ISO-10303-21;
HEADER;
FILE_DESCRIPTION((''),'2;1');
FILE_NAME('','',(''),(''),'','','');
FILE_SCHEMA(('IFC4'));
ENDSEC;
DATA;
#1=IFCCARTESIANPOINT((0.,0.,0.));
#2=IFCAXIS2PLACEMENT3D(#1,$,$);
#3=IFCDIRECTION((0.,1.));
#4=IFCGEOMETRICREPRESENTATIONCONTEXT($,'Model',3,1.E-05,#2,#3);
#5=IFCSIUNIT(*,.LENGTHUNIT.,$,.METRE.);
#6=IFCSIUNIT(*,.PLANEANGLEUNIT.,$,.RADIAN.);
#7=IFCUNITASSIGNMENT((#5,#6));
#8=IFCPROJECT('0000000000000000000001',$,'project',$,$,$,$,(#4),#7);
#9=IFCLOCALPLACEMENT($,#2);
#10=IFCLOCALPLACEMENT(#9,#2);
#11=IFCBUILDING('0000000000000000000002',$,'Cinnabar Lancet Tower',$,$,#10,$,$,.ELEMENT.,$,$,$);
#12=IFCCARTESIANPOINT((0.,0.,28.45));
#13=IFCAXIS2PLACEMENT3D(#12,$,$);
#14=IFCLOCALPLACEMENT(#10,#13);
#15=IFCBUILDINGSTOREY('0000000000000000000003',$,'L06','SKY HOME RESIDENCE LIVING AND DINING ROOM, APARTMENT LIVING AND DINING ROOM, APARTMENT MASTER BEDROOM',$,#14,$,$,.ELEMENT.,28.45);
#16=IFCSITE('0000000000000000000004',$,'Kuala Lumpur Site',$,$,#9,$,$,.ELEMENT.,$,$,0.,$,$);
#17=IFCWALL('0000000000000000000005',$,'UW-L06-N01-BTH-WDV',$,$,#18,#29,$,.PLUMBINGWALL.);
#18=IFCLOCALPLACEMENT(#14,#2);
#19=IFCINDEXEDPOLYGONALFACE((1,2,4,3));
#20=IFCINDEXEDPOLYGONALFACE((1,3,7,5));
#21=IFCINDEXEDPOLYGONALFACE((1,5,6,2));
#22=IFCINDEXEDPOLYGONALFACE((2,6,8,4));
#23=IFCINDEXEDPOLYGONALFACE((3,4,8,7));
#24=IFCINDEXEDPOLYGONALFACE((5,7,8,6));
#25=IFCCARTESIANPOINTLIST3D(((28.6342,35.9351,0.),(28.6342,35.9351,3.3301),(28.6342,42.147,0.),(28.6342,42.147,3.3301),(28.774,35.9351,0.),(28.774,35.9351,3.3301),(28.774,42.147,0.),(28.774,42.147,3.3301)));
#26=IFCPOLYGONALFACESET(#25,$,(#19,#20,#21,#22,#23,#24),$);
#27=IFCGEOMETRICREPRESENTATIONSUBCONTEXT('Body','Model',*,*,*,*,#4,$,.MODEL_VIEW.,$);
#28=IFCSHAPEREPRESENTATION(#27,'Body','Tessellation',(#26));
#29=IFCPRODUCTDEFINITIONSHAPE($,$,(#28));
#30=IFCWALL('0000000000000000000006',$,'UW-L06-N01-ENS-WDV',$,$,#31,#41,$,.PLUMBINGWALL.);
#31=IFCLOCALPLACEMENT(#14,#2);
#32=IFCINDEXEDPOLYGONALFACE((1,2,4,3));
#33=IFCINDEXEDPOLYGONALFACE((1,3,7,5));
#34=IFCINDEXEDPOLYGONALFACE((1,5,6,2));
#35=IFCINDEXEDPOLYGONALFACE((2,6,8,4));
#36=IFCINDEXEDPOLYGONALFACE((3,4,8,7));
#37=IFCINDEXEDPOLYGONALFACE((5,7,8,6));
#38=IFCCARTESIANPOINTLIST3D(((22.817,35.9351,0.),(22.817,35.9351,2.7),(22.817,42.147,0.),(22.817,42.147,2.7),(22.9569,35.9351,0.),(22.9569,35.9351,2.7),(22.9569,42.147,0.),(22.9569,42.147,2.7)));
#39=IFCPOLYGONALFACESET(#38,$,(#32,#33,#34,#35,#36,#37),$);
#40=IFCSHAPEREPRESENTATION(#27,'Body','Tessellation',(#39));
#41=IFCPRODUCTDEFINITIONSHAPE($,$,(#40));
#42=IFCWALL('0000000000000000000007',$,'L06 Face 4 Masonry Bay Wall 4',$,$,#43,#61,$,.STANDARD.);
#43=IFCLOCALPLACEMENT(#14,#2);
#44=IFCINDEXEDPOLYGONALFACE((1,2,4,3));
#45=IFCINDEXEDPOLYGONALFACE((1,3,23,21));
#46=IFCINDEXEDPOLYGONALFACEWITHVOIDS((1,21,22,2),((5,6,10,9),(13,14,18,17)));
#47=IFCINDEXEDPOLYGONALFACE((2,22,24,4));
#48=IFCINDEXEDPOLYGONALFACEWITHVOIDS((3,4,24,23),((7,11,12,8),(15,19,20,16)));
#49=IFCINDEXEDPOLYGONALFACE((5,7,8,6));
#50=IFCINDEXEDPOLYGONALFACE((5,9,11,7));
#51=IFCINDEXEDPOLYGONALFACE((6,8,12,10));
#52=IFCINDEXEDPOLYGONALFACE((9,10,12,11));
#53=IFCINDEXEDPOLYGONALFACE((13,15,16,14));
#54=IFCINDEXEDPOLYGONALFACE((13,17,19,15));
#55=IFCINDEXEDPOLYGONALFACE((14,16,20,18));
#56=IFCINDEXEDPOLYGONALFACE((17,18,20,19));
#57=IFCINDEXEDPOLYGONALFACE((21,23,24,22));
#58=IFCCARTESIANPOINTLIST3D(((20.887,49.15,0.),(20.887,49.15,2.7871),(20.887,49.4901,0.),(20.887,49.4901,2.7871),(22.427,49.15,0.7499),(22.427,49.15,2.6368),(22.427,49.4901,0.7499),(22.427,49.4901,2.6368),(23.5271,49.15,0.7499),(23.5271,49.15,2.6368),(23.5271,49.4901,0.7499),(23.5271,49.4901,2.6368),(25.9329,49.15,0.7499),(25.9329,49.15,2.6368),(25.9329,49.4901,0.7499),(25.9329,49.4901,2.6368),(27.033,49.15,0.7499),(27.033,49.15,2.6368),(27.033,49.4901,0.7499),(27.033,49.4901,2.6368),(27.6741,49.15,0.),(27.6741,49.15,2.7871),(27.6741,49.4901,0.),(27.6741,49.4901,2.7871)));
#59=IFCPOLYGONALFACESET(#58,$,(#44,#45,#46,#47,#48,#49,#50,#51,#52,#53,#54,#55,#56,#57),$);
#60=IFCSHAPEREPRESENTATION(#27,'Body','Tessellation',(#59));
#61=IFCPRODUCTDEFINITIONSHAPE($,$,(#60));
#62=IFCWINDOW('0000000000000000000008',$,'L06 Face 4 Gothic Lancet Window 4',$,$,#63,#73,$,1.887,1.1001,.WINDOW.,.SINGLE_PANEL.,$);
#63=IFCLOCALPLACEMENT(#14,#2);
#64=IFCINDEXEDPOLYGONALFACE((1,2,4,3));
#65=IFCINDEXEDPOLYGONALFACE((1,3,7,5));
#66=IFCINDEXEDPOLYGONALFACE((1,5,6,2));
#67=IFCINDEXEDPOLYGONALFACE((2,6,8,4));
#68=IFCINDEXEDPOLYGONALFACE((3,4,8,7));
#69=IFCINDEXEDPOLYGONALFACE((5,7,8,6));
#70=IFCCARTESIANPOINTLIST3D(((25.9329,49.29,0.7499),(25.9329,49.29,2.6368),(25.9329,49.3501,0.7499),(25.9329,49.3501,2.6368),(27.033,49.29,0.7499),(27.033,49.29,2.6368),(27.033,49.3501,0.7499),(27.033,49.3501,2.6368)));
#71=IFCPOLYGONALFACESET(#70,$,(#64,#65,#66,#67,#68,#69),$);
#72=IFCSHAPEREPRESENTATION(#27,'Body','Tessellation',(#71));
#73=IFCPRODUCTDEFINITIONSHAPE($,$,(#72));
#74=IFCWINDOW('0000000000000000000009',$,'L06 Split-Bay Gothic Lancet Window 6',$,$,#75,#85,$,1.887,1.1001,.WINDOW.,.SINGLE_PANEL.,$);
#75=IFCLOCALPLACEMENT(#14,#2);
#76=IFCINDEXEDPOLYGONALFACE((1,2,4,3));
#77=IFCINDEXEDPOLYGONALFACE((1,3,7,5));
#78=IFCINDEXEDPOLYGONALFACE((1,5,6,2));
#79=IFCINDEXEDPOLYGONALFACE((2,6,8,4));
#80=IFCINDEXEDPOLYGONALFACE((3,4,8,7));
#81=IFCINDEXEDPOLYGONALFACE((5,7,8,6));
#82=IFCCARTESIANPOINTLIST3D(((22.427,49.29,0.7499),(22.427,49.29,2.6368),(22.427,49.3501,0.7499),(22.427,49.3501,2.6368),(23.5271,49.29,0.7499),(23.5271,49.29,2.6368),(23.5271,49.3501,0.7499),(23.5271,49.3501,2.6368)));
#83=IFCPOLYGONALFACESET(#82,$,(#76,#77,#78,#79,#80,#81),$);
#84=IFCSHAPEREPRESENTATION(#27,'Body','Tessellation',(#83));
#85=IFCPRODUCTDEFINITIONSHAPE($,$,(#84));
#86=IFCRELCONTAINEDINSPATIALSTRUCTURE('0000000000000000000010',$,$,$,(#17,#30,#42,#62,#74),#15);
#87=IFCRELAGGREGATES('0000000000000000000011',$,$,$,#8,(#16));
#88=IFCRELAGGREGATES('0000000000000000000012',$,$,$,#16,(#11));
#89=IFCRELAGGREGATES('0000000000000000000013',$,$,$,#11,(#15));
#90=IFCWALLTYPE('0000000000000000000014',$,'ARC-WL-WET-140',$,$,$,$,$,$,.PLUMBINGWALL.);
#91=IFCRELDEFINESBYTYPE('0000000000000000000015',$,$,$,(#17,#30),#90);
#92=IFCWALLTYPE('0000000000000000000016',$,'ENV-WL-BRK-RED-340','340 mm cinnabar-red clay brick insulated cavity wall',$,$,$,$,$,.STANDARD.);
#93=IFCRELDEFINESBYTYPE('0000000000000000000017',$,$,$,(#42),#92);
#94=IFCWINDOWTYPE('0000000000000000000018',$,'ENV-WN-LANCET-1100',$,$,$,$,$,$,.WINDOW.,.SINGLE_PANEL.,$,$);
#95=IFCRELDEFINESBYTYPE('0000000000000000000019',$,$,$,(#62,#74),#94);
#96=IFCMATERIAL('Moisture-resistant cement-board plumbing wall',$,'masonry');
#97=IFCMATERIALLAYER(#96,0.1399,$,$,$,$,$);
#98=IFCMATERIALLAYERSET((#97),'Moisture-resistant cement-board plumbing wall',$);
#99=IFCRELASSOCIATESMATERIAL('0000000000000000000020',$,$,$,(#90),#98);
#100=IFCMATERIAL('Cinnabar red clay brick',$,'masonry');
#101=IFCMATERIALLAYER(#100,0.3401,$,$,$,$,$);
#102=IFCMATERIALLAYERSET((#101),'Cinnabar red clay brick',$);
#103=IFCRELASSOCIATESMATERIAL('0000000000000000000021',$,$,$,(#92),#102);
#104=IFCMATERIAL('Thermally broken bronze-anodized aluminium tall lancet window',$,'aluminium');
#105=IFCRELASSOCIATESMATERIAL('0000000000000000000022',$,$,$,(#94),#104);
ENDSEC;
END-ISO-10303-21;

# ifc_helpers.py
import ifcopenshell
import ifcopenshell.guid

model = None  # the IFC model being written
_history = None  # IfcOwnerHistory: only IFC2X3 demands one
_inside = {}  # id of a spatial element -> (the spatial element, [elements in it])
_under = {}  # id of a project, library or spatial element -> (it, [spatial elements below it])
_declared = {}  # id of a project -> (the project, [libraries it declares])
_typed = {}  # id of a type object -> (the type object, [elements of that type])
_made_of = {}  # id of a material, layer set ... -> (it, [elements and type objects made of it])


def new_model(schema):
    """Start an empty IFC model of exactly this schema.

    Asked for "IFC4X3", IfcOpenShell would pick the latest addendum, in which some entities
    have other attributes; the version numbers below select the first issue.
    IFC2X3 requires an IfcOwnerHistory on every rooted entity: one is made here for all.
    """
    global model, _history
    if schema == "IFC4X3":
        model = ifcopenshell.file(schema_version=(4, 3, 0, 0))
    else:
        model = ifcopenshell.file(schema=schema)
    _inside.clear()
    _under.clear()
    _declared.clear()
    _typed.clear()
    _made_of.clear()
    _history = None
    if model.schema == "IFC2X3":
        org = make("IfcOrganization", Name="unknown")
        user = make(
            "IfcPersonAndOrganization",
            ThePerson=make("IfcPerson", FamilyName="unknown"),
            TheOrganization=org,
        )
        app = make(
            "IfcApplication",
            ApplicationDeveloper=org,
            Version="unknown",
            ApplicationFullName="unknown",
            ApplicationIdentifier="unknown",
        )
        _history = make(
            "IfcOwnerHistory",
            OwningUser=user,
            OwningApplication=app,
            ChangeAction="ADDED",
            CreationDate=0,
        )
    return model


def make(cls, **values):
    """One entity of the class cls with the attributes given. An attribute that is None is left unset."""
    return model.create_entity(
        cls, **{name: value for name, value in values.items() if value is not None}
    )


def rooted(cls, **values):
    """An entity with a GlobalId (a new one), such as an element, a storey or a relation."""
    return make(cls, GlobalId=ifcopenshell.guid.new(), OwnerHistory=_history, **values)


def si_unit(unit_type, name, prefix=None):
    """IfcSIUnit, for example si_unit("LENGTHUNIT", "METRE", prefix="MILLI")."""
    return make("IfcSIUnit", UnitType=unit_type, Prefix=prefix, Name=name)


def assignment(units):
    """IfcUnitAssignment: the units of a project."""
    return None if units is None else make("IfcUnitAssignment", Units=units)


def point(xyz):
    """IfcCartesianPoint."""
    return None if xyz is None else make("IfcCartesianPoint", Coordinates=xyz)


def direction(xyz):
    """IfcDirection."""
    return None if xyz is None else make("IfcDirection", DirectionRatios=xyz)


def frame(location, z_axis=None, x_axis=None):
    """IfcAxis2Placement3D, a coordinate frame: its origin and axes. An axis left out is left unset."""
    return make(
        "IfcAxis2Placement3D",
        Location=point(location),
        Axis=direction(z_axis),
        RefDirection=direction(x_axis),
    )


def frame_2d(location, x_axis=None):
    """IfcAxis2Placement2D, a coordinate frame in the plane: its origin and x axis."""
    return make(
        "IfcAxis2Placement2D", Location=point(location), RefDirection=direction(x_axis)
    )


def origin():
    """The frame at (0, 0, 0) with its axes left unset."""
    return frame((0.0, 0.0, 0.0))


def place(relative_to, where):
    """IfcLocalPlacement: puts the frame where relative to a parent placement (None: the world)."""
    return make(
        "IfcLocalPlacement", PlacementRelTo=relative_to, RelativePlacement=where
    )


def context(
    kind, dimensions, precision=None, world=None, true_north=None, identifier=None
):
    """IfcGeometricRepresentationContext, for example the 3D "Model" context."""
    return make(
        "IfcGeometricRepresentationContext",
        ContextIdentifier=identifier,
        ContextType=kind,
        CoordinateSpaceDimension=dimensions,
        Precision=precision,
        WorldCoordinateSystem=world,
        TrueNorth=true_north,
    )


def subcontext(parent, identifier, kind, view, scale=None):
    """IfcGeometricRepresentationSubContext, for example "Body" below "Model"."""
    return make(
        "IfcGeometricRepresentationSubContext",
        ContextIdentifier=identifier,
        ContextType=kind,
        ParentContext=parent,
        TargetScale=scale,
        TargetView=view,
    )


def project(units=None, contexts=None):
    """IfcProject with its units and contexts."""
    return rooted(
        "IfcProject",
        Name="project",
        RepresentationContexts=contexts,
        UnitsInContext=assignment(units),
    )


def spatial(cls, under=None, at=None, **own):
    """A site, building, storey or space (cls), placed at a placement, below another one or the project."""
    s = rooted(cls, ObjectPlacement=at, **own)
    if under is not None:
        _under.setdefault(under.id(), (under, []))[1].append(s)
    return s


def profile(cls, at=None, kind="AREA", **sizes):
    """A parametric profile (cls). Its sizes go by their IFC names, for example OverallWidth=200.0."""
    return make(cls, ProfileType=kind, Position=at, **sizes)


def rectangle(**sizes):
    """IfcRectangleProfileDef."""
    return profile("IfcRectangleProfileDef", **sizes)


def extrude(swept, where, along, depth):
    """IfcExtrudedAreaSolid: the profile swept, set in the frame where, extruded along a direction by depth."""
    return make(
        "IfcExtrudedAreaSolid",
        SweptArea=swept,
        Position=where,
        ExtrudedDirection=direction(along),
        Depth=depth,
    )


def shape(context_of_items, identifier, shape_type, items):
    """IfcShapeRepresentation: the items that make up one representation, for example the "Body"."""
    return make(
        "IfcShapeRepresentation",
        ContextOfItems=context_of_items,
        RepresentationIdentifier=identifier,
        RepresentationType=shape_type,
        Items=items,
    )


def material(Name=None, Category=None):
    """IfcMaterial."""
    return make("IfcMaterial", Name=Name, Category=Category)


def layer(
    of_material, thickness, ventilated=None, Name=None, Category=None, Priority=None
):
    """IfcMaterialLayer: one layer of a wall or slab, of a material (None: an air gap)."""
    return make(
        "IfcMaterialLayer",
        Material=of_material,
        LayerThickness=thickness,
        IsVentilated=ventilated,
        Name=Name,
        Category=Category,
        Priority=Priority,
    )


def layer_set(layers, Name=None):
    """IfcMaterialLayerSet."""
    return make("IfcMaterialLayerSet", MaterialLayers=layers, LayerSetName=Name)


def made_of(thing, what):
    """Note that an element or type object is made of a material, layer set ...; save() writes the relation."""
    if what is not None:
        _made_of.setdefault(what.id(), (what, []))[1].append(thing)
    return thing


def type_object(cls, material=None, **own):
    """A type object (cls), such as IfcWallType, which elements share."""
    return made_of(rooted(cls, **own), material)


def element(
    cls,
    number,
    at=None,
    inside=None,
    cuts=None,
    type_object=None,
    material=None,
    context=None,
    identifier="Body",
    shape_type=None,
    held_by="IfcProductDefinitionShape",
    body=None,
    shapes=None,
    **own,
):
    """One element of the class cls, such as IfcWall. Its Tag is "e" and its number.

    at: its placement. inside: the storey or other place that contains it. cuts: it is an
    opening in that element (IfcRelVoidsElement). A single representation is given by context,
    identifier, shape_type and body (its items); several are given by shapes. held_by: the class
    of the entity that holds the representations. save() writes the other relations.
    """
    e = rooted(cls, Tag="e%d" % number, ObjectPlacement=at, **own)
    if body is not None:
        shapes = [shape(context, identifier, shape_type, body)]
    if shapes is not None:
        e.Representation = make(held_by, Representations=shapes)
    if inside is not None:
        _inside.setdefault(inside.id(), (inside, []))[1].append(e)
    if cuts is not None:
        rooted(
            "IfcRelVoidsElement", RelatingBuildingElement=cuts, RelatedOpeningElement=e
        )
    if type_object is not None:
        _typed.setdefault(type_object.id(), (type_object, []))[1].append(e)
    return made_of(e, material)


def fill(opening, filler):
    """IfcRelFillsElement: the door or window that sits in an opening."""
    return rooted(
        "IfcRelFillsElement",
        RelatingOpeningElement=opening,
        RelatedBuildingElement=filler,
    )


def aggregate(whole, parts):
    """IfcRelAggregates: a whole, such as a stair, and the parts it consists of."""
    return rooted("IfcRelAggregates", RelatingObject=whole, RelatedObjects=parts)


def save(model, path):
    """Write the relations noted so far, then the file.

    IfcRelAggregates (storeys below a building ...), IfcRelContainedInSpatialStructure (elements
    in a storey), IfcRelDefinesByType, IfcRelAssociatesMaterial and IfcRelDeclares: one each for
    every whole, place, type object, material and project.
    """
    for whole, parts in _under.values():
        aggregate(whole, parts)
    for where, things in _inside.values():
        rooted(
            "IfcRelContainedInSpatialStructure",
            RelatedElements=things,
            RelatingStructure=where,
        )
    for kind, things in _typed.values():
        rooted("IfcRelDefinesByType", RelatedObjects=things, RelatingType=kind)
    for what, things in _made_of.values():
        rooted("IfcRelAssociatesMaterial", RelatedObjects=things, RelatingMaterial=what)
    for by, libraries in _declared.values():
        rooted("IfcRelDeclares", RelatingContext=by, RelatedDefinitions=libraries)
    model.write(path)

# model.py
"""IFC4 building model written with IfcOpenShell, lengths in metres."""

from ifc_helpers import new_model, si_unit, direction, frame, frame_2d, origin, place, context, subcontext, project, spatial, rectangle, extrude, material, layer, layer_set, type_object, element, fill, save


model = new_model("IFC4")

# Units and contexts
model_context = context("Model", 3, precision=1e-05, world=origin(), true_north=direction((0.0, 1.0)))
body_context = subcontext(model_context, "Body", "Model", "MODEL_VIEW")
ifc_project = project(units=[si_unit("LENGTHUNIT", "METRE"), si_unit("PLANEANGLEUNIT", "RADIAN")], contexts=[model_context])

# Site, building, storey
site_placement = place(None, origin())
site = spatial("IfcSite", under=ifc_project, at=site_placement, Name="Kuala Lumpur Site", CompositionType="ELEMENT", RefElevation=0.0)
building_placement = place(site_placement, origin())
building = spatial("IfcBuilding", under=site, at=building_placement, Name="Cinnabar Lancet Tower", CompositionType="ELEMENT")
storey_placement = place(building_placement, frame((0.0, 0.0, 28.45)))
storey = spatial("IfcBuildingStorey", under=building, at=storey_placement, Name="L06", Description="SKY HOME RESIDENCE LIVING AND DINING ROOM, APARTMENT LIVING AND DINING ROOM, APARTMENT MASTER BEDROOM", CompositionType="ELEMENT", Elevation=28.45)

# Shared definitions
ifc_material_1 = material(Name="Moisture-resistant cement-board plumbing wall", Category="masonry")
ifc_layer_1 = layer(ifc_material_1, 0.1399)
ifc_layer_set_1 = layer_set([ifc_layer_1], Name="Moisture-resistant cement-board plumbing wall")
wall_type_1 = type_object("IfcWallType", Name="ARC-WL-WET-140", PredefinedType="PLUMBINGWALL", material=ifc_layer_set_1)

# Walls
wall_1_placement = place(storey_placement, frame((28.7041, 35.9351, 0.0), z_axis=(0.0, 0.0, 1.0), x_axis=(0.0, 1.0, 0.0)))
element("IfcWall", 1, at=wall_1_placement, inside=storey, type_object=wall_type_1, Name="UW-L06-N01-BTH-WDV", PredefinedType="PLUMBINGWALL", context=body_context, shape_type="SweptSolid", body=[
    extrude(rectangle(XDim=6.2119, YDim=0.1399, at=frame_2d((3.106, 0.0))), origin(), (0.0, 0.0, 1.0), 3.3301),
])
wall_2_placement = place(storey_placement, frame((22.887, 35.9351, 0.0), z_axis=(0.0, 0.0, 1.0), x_axis=(0.0, 1.0, 0.0)))
element("IfcWall", 2, at=wall_2_placement, inside=storey, type_object=wall_type_1, Name="UW-L06-N01-ENS-WDV", PredefinedType="PLUMBINGWALL", context=body_context, shape_type="SweptSolid", body=[
    extrude(rectangle(XDim=6.2119, YDim=0.1399, at=frame_2d((3.106, 0.0))), origin(), (0.0, 0.0, 1.0), 2.7),
])

# Wall, openings, windows
ifc_material_2 = material(Name="Cinnabar red clay brick", Category="masonry")
ifc_layer_2 = layer(ifc_material_2, 0.3401)
ifc_layer_set_2 = layer_set([ifc_layer_2], Name="Cinnabar red clay brick")
wall_type_2 = type_object("IfcWallType", Name="ENV-WL-BRK-RED-340", Description="340 mm cinnabar-red clay brick insulated cavity wall", PredefinedType="STANDARD", material=ifc_layer_set_2)
wall_3_placement = place(storey_placement, frame((27.6741, 49.3201, 0.0), z_axis=(0.0, 0.0, 1.0), x_axis=(-1.0, 0.0, 0.0)))
wall_3 = element("IfcWall", 3, at=wall_3_placement, inside=storey, type_object=wall_type_2, Name="L06 Face 4 Masonry Bay Wall 4", PredefinedType="STANDARD", context=body_context, shape_type="SweptSolid", body=[
    extrude(rectangle(XDim=6.7871, YDim=0.3401, at=frame_2d((3.3936, 0.0))), origin(), (0.0, 0.0, 1.0), 2.7871),
])
opening_1_placement = place(wall_3_placement, frame((0.6411, 0.0, 0.75)))
opening_1 = element("IfcOpeningElement", 4, at=opening_1_placement, cuts=wall_3, PredefinedType="OPENING", context=body_context, shape_type="SweptSolid", body=[
    extrude(rectangle(XDim=1.1001, YDim=1.887, at=frame_2d((0.55, 0.9434))), frame((0.0, 0.1799, 0.0), z_axis=(0.0, -1.0, 0.0), x_axis=(1.0, 0.0, 0.0)), (0.0, 0.0, 1.0), 0.3601),
])
opening_2_placement = place(wall_3_placement, frame((4.147, 0.0, 0.75)))
opening_2 = element("IfcOpeningElement", 5, at=opening_2_placement, cuts=wall_3, PredefinedType="OPENING", context=body_context, shape_type="SweptSolid", body=[
    extrude(rectangle(XDim=1.1001, YDim=1.887, at=frame_2d((0.55, 0.9434))), frame((0.0, 0.1799, 0.0), z_axis=(0.0, -1.0, 0.0), x_axis=(1.0, 0.0, 0.0)), (0.0, 0.0, 1.0), 0.3601),
])
ifc_material_3 = material(Name="Thermally broken bronze-anodized aluminium tall lancet window", Category="aluminium")
window_type = type_object("IfcWindowType", Name="ENV-WN-LANCET-1100", PartitioningType="SINGLE_PANEL", PredefinedType="WINDOW", material=ifc_material_3)
window_1_placement = place(opening_1_placement, origin())
window_1 = element("IfcWindow", 6, at=window_1_placement, inside=storey, type_object=window_type, Name="L06 Face 4 Gothic Lancet Window 4", OverallHeight=1.887, OverallWidth=1.1001, PartitioningType="SINGLE_PANEL", PredefinedType="WINDOW", context=body_context, shape_type="SweptSolid", body=[
    extrude(rectangle(XDim=1.1001, YDim=1.887, at=frame_2d((0.55, 0.9434))), frame((0.0, 0.03, 0.0), z_axis=(0.0, -1.0, 0.0), x_axis=(1.0, 0.0, 0.0)), (0.0, 0.0, 1.0), 0.0601),
])
fill(opening_1, window_1)
window_2_placement = place(opening_2_placement, origin())
window_2 = element("IfcWindow", 7, at=window_2_placement, inside=storey, type_object=window_type, Name="L06 Split-Bay Gothic Lancet Window 6", OverallHeight=1.887, OverallWidth=1.1001, PartitioningType="SINGLE_PANEL", PredefinedType="WINDOW", context=body_context, shape_type="SweptSolid", body=[
    extrude(rectangle(XDim=1.1001, YDim=1.887, at=frame_2d((0.55, 0.9434))), frame((0.0, 0.03, 0.0), z_axis=(0.0, -1.0, 0.0), x_axis=(1.0, 0.0, 0.0)), (0.0, 0.0, 1.0), 0.0601),
])
fill(opening_2, window_2)

save(model, "model.ifc")
